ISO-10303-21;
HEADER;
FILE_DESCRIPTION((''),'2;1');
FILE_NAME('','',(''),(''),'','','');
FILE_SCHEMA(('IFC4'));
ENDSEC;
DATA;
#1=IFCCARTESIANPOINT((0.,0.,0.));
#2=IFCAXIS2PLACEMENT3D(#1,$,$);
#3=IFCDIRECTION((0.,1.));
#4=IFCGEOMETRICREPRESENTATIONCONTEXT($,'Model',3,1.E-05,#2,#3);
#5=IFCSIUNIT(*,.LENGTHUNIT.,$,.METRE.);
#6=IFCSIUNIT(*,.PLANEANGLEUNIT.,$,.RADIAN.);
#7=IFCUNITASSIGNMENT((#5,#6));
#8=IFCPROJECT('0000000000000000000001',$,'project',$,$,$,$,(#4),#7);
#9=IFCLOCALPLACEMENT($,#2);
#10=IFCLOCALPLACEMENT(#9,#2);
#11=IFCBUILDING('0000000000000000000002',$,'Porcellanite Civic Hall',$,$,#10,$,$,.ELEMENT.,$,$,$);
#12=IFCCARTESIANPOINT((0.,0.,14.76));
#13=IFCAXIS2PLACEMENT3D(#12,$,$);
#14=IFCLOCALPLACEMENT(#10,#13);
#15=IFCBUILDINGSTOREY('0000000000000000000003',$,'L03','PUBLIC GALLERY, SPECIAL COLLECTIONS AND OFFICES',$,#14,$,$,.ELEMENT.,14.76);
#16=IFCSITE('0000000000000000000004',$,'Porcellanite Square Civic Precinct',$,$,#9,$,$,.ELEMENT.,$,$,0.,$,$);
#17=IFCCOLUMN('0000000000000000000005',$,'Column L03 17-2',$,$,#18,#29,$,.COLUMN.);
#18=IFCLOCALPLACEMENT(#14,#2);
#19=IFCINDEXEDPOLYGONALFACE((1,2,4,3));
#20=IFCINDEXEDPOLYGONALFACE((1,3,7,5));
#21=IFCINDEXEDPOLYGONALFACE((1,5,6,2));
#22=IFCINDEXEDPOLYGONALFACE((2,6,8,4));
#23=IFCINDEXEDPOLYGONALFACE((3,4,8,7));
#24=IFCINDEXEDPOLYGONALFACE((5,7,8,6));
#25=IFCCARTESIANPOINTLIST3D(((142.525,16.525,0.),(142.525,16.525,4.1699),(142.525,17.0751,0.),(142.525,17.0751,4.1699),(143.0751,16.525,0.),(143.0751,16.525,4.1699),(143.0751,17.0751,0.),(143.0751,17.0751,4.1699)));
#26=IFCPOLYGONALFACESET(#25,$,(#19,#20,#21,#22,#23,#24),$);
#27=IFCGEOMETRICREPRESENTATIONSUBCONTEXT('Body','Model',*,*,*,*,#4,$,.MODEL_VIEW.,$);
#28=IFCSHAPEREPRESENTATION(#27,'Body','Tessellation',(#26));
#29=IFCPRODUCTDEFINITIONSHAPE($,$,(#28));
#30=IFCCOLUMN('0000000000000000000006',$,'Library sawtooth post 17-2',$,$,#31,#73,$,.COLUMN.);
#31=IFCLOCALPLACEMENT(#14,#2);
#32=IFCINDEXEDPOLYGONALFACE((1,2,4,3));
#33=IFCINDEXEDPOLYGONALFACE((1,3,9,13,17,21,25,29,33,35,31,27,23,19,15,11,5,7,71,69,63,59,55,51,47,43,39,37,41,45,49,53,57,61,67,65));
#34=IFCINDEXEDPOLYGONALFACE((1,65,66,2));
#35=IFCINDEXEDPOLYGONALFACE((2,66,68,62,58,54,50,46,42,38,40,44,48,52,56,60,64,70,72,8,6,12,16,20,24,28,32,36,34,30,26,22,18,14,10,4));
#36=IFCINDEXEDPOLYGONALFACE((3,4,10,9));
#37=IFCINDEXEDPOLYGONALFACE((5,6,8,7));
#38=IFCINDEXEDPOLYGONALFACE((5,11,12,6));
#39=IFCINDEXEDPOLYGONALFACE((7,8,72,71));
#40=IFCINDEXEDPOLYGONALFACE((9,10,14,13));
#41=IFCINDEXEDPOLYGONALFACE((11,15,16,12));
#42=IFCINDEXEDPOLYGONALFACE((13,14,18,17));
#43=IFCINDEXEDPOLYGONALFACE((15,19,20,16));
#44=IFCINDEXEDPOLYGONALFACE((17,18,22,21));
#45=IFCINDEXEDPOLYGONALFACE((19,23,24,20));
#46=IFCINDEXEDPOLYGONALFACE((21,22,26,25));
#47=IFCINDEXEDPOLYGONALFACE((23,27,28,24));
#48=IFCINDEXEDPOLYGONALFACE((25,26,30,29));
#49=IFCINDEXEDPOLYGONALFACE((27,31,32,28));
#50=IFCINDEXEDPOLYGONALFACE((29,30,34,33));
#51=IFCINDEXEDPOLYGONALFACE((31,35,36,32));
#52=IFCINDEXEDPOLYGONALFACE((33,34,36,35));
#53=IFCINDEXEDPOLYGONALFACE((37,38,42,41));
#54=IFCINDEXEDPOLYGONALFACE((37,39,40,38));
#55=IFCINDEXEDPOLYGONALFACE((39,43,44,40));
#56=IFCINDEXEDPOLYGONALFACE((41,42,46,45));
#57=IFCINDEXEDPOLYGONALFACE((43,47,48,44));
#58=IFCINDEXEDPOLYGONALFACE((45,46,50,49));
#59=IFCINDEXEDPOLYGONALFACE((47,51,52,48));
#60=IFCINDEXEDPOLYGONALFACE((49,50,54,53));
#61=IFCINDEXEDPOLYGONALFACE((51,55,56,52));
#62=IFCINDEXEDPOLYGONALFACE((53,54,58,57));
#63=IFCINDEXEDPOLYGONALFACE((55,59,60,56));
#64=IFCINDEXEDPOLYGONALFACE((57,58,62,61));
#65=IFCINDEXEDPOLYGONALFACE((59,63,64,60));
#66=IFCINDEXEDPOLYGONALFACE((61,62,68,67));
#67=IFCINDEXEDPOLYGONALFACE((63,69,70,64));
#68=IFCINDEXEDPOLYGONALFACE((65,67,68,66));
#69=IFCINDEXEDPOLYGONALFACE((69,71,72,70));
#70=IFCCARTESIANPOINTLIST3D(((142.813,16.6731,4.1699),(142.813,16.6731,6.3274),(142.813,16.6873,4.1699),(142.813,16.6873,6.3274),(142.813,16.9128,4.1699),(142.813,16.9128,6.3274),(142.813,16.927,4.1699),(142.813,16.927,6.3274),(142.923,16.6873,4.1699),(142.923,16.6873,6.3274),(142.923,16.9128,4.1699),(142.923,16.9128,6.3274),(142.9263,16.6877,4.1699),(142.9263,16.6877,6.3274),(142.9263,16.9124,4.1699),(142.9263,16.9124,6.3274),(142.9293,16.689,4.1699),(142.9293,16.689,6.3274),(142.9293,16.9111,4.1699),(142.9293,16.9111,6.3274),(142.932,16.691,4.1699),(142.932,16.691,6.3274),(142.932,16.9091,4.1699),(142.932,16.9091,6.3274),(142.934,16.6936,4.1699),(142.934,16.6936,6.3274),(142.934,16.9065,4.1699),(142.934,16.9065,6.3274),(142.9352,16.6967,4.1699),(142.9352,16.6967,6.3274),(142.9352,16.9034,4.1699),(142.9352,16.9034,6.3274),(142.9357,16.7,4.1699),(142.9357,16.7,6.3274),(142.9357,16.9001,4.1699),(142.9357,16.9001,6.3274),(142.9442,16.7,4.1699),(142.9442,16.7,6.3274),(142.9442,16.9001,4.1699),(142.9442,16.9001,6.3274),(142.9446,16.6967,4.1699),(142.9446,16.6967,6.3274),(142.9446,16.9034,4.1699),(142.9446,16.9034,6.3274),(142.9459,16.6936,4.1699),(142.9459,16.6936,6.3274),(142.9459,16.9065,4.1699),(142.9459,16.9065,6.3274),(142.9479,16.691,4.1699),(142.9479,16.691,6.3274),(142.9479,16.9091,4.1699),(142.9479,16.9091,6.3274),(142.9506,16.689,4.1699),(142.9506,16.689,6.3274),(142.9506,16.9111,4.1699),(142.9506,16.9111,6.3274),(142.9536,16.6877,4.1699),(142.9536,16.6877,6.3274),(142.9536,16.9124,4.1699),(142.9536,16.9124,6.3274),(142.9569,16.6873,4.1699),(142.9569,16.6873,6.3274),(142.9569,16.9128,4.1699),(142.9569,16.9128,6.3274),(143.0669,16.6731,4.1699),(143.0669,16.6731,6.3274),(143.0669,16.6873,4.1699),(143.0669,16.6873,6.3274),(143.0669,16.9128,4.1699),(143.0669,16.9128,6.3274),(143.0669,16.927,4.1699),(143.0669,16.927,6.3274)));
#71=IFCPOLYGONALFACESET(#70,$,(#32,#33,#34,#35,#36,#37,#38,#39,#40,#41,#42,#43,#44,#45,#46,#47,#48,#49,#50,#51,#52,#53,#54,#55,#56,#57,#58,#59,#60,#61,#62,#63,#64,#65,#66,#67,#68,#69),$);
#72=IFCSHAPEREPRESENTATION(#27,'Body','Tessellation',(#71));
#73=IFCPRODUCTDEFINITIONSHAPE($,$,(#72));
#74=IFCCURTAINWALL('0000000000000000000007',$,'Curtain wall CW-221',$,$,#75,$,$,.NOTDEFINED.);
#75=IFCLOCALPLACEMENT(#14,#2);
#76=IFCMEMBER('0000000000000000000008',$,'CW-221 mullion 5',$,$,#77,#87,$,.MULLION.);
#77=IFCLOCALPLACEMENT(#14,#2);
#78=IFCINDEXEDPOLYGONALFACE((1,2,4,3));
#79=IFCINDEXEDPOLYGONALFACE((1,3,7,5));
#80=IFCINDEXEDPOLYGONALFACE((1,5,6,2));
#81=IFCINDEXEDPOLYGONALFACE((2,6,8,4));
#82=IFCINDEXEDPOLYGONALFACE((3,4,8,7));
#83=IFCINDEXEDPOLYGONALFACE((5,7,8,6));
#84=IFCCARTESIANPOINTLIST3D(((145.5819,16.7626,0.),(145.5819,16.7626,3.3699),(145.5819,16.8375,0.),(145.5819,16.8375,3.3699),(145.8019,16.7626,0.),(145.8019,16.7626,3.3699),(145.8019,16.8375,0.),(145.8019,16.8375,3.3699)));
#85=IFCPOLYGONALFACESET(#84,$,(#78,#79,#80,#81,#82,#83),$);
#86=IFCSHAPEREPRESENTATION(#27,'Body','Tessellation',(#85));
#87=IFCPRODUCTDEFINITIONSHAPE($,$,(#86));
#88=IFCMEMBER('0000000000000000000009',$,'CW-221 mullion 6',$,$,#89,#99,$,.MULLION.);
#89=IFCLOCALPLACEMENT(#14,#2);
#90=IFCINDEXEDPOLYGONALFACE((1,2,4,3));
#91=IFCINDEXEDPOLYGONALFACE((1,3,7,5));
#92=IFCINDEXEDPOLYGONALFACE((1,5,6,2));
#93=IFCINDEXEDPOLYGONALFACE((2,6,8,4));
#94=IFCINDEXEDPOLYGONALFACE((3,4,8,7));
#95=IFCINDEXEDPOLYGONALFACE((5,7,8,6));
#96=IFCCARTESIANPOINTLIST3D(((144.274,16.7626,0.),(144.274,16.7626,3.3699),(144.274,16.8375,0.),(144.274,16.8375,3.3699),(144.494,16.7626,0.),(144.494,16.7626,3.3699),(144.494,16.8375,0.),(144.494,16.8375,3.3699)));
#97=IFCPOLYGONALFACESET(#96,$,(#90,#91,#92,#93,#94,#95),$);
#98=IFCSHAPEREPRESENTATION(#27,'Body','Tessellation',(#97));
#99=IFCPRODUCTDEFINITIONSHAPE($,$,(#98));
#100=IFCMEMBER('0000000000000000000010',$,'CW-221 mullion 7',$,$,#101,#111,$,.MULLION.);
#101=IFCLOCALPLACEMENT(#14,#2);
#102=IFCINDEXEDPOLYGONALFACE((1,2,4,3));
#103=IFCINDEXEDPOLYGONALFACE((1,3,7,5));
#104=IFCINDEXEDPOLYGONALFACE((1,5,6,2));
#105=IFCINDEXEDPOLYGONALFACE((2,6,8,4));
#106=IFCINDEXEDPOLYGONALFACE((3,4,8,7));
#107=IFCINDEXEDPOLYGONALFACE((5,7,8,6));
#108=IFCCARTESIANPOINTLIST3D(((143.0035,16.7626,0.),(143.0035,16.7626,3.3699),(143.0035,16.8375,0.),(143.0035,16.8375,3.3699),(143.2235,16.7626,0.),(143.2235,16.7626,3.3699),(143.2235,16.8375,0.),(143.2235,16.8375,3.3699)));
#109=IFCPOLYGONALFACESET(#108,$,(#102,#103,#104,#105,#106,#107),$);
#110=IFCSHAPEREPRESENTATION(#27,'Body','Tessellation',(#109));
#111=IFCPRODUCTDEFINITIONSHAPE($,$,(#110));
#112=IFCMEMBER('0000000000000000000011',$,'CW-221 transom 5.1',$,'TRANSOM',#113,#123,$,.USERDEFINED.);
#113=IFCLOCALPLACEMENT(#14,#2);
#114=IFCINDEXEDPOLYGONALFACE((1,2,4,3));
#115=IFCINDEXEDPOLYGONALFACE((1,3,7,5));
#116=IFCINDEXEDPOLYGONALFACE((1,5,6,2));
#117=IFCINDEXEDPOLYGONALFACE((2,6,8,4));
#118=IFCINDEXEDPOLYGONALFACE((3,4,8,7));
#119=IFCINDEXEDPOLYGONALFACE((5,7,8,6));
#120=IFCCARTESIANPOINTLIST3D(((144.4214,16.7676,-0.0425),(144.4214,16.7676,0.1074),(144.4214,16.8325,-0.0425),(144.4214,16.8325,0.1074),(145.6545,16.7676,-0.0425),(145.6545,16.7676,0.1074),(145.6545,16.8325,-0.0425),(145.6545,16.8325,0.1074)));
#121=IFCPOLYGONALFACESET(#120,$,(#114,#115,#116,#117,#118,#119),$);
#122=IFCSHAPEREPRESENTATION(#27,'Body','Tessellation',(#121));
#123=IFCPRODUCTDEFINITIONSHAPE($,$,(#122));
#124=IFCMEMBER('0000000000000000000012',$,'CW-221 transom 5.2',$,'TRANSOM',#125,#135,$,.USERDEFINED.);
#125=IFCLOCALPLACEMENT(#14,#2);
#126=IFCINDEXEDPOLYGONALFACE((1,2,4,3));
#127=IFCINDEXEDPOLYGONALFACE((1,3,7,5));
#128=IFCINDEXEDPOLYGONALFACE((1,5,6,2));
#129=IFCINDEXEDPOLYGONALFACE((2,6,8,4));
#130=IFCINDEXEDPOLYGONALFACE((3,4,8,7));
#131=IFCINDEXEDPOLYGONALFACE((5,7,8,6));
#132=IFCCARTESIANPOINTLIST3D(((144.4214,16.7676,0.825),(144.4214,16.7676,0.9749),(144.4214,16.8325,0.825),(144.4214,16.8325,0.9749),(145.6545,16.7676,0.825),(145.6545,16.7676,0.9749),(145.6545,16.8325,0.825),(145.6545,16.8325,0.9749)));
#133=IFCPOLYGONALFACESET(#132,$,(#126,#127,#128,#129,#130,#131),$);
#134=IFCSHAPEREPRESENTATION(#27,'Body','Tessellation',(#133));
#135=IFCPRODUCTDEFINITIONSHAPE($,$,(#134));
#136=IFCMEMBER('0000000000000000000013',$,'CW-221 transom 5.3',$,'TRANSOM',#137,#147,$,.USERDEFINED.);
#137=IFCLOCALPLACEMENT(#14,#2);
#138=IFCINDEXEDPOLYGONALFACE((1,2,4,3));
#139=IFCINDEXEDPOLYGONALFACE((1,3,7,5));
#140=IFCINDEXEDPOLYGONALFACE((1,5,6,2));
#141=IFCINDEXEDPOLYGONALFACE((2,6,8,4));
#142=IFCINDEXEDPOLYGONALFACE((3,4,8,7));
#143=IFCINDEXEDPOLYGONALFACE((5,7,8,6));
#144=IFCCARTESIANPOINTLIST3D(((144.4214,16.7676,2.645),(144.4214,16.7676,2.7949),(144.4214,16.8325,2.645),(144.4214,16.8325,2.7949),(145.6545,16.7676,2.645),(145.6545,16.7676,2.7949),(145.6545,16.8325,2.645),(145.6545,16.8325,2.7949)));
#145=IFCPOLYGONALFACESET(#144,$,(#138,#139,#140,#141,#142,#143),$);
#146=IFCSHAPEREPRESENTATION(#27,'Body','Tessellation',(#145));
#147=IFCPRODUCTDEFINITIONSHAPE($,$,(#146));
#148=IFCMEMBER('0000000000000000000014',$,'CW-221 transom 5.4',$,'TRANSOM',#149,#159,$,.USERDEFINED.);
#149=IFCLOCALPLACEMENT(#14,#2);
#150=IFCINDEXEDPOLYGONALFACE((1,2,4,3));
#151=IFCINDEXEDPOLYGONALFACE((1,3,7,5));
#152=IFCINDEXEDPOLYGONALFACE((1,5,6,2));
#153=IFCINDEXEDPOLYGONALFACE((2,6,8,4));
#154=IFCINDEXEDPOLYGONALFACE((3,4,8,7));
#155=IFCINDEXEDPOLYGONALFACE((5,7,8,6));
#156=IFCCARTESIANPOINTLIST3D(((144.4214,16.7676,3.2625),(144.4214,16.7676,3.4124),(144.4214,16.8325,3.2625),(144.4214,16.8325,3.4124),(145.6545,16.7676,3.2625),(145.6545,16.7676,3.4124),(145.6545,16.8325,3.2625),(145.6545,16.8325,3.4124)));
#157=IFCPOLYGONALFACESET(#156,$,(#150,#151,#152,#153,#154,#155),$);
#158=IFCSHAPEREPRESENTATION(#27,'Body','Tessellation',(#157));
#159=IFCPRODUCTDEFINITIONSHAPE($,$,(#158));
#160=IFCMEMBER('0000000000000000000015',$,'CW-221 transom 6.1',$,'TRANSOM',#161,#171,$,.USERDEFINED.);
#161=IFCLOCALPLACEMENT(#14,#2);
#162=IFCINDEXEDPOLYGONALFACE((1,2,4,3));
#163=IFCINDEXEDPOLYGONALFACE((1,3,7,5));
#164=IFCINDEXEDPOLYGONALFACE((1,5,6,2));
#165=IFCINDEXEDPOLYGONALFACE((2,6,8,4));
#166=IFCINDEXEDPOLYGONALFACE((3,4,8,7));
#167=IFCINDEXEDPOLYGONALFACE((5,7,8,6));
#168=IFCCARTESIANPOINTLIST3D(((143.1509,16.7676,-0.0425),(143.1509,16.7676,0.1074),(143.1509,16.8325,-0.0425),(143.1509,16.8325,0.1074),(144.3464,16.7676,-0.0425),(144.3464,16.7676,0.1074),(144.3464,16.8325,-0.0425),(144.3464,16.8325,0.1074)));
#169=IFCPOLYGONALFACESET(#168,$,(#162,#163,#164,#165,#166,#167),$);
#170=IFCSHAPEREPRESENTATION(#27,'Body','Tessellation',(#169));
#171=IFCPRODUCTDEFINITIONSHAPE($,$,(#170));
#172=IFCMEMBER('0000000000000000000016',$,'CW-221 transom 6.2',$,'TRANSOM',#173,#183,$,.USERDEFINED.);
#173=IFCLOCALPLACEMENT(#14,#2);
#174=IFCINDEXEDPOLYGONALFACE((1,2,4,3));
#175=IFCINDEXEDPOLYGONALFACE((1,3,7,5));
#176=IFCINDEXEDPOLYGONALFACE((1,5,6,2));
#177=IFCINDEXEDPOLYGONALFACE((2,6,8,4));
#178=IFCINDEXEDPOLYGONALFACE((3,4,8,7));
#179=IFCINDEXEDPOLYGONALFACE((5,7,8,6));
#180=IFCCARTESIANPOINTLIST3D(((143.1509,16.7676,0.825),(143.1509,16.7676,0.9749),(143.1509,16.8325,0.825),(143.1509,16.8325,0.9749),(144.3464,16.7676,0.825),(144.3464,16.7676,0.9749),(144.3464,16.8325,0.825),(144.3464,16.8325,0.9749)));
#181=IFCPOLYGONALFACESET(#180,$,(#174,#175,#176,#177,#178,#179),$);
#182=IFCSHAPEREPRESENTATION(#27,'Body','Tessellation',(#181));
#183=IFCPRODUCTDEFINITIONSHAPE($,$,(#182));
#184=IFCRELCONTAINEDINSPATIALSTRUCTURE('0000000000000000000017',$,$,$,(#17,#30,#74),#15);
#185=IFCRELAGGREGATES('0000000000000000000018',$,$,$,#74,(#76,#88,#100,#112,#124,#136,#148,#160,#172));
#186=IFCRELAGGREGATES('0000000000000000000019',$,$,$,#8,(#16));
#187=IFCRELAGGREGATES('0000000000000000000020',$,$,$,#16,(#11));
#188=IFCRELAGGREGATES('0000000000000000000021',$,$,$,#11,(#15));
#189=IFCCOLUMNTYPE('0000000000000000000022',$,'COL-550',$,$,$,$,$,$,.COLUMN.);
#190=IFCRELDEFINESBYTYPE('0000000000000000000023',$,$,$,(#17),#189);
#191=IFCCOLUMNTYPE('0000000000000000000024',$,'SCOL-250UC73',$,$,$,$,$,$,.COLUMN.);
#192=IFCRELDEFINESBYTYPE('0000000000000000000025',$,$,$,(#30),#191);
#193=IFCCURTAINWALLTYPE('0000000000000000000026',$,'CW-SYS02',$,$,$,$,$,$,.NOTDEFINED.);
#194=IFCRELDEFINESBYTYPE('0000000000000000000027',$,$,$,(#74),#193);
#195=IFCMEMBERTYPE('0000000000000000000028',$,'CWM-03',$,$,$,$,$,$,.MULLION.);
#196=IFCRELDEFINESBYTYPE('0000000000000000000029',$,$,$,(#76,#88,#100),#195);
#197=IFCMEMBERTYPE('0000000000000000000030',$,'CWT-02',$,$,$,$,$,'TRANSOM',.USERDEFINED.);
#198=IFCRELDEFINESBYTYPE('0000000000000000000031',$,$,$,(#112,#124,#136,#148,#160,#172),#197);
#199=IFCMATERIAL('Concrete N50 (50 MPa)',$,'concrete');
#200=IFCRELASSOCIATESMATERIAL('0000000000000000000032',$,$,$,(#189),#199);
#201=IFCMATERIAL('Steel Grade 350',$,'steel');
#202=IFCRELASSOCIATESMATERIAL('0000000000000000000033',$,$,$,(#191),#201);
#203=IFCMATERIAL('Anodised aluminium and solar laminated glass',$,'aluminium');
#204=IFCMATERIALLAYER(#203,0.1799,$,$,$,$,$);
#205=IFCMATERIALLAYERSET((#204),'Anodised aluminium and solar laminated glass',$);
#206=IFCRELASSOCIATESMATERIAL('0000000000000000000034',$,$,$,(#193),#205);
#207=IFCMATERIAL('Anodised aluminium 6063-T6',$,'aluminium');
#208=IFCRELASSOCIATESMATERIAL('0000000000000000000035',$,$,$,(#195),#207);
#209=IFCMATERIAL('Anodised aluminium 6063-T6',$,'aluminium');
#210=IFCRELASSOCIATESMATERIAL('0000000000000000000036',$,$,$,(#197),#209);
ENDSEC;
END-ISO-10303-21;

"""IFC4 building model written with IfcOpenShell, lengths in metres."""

from ifc_helpers import new_model, si_unit, direction, frame, origin, origin_2d, place, context, subcontext, project, spatial, rectangle, i_section, extrude, material, layer, layer_set, material_profile, profile_set, type_object, element, aggregate, save


model = new_model("IFC4")

# Units and contexts
model_context = context("Model", 3, precision=1e-05, world=origin(), true_north=direction((0.0, 1.0)))
body_context = subcontext(model_context, "Body", "Model", "MODEL_VIEW")
ifc_project = project(units=[si_unit("LENGTHUNIT", "METRE"), si_unit("PLANEANGLEUNIT", "RADIAN")], contexts=[model_context])

# Site, building, storey
site_placement = place(None, origin())
site = spatial("IfcSite", under=ifc_project, at=site_placement, Name="Porcellanite Square Civic Precinct", CompositionType="ELEMENT", RefElevation=0.0)
building_placement = place(site_placement, origin())
building = spatial("IfcBuilding", under=site, at=building_placement, Name="Porcellanite Civic Hall", CompositionType="ELEMENT")
storey_placement = place(building_placement, frame((0.0, 0.0, 14.76)))
storey = spatial("IfcBuildingStorey", under=building, at=storey_placement, Name="L03", Description="PUBLIC GALLERY, SPECIAL COLLECTIONS AND OFFICES", CompositionType="ELEMENT", Elevation=14.76)

# Columns
ifc_material_1 = material(Name="Concrete N50 (50 MPa)", Category="concrete")
ifc_material_profile_1 = material_profile(ifc_material_1, rectangle(XDim=0.55, YDim=0.55, at=origin_2d()), Name="RC-550x550")
ifc_profile_set_1 = profile_set([ifc_material_profile_1], Name="Concrete N50 (50 MPa)")
column_type_1 = type_object("IfcColumnType", Name="COL-550", PredefinedType="COLUMN", material=ifc_profile_set_1)
column_1_placement = place(storey_placement, frame((142.8, 16.8, 0.0), z_axis=(0.0, 0.0, 1.0), x_axis=(1.0, 0.0, 0.0)))
element("IfcColumn", 1, at=column_1_placement, inside=storey, type_object=column_type_1, Name="Column L03 17-2", PredefinedType="COLUMN", context=body_context, shape_type="SweptSolid", body=[
    extrude(rectangle(XDim=0.55, YDim=0.55, at=origin_2d()), origin(), (0.0, 0.0, 1.0), 4.1699),
])
ifc_material_2 = material(Name="Steel Grade 350", Category="steel")
ifc_material_profile_2 = material_profile(ifc_material_2, i_section(OverallWidth=0.2539, OverallDepth=0.2539, WebThickness=0.0085, FlangeThickness=0.0142, FilletRadius=0.0127, at=origin_2d()), Name="250UC72.9")
ifc_profile_set_2 = profile_set([ifc_material_profile_2], Name="Steel Grade 350")
column_type_2 = type_object("IfcColumnType", Name="SCOL-250UC73", PredefinedType="COLUMN", material=ifc_profile_set_2)
column_2_placement = place(storey_placement, frame((142.9399, 16.8, 4.1699), z_axis=(0.0, 0.0, 1.0), x_axis=(1.0, 0.0, 0.0)))
element("IfcColumn", 2, at=column_2_placement, inside=storey, type_object=column_type_2, Name="Library sawtooth post 17-2", PredefinedType="COLUMN", context=body_context, shape_type="SweptSolid", body=[
    extrude(i_section(OverallWidth=0.2539, OverallDepth=0.2539, WebThickness=0.0085, FlangeThickness=0.0142, FilletRadius=0.0127, at=origin_2d()), origin(), (0.0, 0.0, 1.0), 2.1575),
])

# Curtain wall, members
ifc_material_3 = material(Name="Anodised aluminium and solar laminated glass", Category="aluminium")
ifc_layer_1 = layer(ifc_material_3, 0.1799)
ifc_layer_set_1 = layer_set([ifc_layer_1], Name="Anodised aluminium and solar laminated glass")
curtain_wall_type = type_object("IfcCurtainWallType", Name="CW-SYS02", PredefinedType="NOTDEFINED", material=ifc_layer_set_1)
curtain_wall_placement = place(storey_placement, origin())
curtain_wall = element("IfcCurtainWall", 3, at=curtain_wall_placement, inside=storey, type_object=curtain_wall_type, Name="Curtain wall CW-221", PredefinedType="NOTDEFINED")
ifc_material_4 = material(Name="Anodised aluminium 6063-T6", Category="aluminium")
ifc_material_profile_3 = material_profile(ifc_material_4, rectangle(XDim=0.075, YDim=0.22, at=origin_2d()), Name="AL-75x220")
ifc_profile_set_3 = profile_set([ifc_material_profile_3], Name="Anodised aluminium 6063-T6")
member_type_1 = type_object("IfcMemberType", Name="CWM-03", PredefinedType="MULLION", material=ifc_profile_set_3)
member_1_placement = place(storey_placement, frame((145.6919, 16.8, 0.0), z_axis=(0.0, 0.0, 1.0), x_axis=(0.0, -1.0, 0.0)))
member_1 = element("IfcMember", 4, at=member_1_placement, type_object=member_type_1, Name="CW-221 mullion 5", PredefinedType="MULLION", context=body_context, shape_type="SweptSolid", body=[
    extrude(rectangle(XDim=0.075, YDim=0.22, at=origin_2d()), origin(), (0.0, 0.0, 1.0), 3.3699),
])
member_2_placement = place(storey_placement, frame((144.384, 16.8, 0.0), z_axis=(0.0, 0.0, 1.0), x_axis=(0.0, -1.0, 0.0)))
member_2 = element("IfcMember", 5, at=member_2_placement, type_object=member_type_1, Name="CW-221 mullion 6", PredefinedType="MULLION", context=body_context, shape_type="SweptSolid", body=[
    extrude(rectangle(XDim=0.075, YDim=0.22, at=origin_2d()), origin(), (0.0, 0.0, 1.0), 3.3699),
])
member_3_placement = place(storey_placement, frame((143.1135, 16.8, 0.0), z_axis=(0.0, 0.0, 1.0), x_axis=(0.0, -1.0, 0.0)))
member_3 = element("IfcMember", 6, at=member_3_placement, type_object=member_type_1, Name="CW-221 mullion 7", PredefinedType="MULLION", context=body_context, shape_type="SweptSolid", body=[
    extrude(rectangle(XDim=0.075, YDim=0.22, at=origin_2d()), origin(), (0.0, 0.0, 1.0), 3.3699),
])
ifc_material_5 = material(Name="Anodised aluminium 6063-T6", Category="aluminium")
ifc_material_profile_4 = material_profile(ifc_material_5, rectangle(XDim=0.0649, YDim=0.1499, at=origin_2d()), Name="AL-65x150")
ifc_profile_set_4 = profile_set([ifc_material_profile_4], Name="Anodised aluminium 6063-T6")
member_type_2 = type_object("IfcMemberType", Name="CWT-02", ElementType="TRANSOM", PredefinedType="USERDEFINED", material=ifc_profile_set_4)
member_4_placement = place(storey_placement, frame((145.6545, 16.8, 0.0325), z_axis=(-1.0, 0.0, 0.0), x_axis=(0.0, -1.0, 0.0)))
member_4 = element("IfcMember", 7, at=member_4_placement, type_object=member_type_2, Name="CW-221 transom 5.1", ObjectType="TRANSOM", PredefinedType="USERDEFINED", context=body_context, shape_type="SweptSolid", body=[
    extrude(rectangle(XDim=0.0649, YDim=0.1499, at=origin_2d()), origin(), (0.0, 0.0, 1.0), 1.2332),
])
member_5_placement = place(storey_placement, frame((145.6545, 16.8, 0.8999), z_axis=(-1.0, 0.0, 0.0), x_axis=(0.0, -1.0, 0.0)))
member_5 = element("IfcMember", 8, at=member_5_placement, type_object=member_type_2, Name="CW-221 transom 5.2", ObjectType="TRANSOM", PredefinedType="USERDEFINED", context=body_context, shape_type="SweptSolid", body=[
    extrude(rectangle(XDim=0.0649, YDim=0.1499, at=origin_2d()), origin(), (0.0, 0.0, 1.0), 1.2332),
])
member_6_placement = place(storey_placement, frame((145.6545, 16.8, 2.72), z_axis=(-1.0, 0.0, 0.0), x_axis=(0.0, -1.0, 0.0)))
member_6 = element("IfcMember", 9, at=member_6_placement, type_object=member_type_2, Name="CW-221 transom 5.3", ObjectType="TRANSOM", PredefinedType="USERDEFINED", context=body_context, shape_type="SweptSolid", body=[
    extrude(rectangle(XDim=0.0649, YDim=0.1499, at=origin_2d()), origin(), (0.0, 0.0, 1.0), 1.2332),
])
member_7_placement = place(storey_placement, frame((145.6545, 16.8, 3.3374), z_axis=(-1.0, 0.0, 0.0), x_axis=(0.0, -1.0, 0.0)))
member_7 = element("IfcMember", 10, at=member_7_placement, type_object=member_type_2, Name="CW-221 transom 5.4", ObjectType="TRANSOM", PredefinedType="USERDEFINED", context=body_context, shape_type="SweptSolid", body=[
    extrude(rectangle(XDim=0.0649, YDim=0.1499, at=origin_2d()), origin(), (0.0, 0.0, 1.0), 1.2332),
])
member_8_placement = place(storey_placement, frame((144.3464, 16.8, 0.0325), z_axis=(-1.0, 0.0, 0.0), x_axis=(0.0, -1.0, 0.0)))
member_8 = element("IfcMember", 11, at=member_8_placement, type_object=member_type_2, Name="CW-221 transom 6.1", ObjectType="TRANSOM", PredefinedType="USERDEFINED", context=body_context, shape_type="SweptSolid", body=[
    extrude(rectangle(XDim=0.0649, YDim=0.1499, at=origin_2d()), origin(), (0.0, 0.0, 1.0), 1.1956),
])
member_9_placement = place(storey_placement, frame((144.3464, 16.8, 0.8999), z_axis=(-1.0, 0.0, 0.0), x_axis=(0.0, -1.0, 0.0)))
member_9 = element("IfcMember", 12, at=member_9_placement, type_object=member_type_2, Name="CW-221 transom 6.2", ObjectType="TRANSOM", PredefinedType="USERDEFINED", context=body_context, shape_type="SweptSolid", body=[
    extrude(rectangle(XDim=0.0649, YDim=0.1499, at=origin_2d()), origin(), (0.0, 0.0, 1.0), 1.1956),
])

aggregate(curtain_wall, [member_1, member_2, member_3, member_4, member_5, member_6, member_7, member_8, member_9])

save(model, "model.ifc")
